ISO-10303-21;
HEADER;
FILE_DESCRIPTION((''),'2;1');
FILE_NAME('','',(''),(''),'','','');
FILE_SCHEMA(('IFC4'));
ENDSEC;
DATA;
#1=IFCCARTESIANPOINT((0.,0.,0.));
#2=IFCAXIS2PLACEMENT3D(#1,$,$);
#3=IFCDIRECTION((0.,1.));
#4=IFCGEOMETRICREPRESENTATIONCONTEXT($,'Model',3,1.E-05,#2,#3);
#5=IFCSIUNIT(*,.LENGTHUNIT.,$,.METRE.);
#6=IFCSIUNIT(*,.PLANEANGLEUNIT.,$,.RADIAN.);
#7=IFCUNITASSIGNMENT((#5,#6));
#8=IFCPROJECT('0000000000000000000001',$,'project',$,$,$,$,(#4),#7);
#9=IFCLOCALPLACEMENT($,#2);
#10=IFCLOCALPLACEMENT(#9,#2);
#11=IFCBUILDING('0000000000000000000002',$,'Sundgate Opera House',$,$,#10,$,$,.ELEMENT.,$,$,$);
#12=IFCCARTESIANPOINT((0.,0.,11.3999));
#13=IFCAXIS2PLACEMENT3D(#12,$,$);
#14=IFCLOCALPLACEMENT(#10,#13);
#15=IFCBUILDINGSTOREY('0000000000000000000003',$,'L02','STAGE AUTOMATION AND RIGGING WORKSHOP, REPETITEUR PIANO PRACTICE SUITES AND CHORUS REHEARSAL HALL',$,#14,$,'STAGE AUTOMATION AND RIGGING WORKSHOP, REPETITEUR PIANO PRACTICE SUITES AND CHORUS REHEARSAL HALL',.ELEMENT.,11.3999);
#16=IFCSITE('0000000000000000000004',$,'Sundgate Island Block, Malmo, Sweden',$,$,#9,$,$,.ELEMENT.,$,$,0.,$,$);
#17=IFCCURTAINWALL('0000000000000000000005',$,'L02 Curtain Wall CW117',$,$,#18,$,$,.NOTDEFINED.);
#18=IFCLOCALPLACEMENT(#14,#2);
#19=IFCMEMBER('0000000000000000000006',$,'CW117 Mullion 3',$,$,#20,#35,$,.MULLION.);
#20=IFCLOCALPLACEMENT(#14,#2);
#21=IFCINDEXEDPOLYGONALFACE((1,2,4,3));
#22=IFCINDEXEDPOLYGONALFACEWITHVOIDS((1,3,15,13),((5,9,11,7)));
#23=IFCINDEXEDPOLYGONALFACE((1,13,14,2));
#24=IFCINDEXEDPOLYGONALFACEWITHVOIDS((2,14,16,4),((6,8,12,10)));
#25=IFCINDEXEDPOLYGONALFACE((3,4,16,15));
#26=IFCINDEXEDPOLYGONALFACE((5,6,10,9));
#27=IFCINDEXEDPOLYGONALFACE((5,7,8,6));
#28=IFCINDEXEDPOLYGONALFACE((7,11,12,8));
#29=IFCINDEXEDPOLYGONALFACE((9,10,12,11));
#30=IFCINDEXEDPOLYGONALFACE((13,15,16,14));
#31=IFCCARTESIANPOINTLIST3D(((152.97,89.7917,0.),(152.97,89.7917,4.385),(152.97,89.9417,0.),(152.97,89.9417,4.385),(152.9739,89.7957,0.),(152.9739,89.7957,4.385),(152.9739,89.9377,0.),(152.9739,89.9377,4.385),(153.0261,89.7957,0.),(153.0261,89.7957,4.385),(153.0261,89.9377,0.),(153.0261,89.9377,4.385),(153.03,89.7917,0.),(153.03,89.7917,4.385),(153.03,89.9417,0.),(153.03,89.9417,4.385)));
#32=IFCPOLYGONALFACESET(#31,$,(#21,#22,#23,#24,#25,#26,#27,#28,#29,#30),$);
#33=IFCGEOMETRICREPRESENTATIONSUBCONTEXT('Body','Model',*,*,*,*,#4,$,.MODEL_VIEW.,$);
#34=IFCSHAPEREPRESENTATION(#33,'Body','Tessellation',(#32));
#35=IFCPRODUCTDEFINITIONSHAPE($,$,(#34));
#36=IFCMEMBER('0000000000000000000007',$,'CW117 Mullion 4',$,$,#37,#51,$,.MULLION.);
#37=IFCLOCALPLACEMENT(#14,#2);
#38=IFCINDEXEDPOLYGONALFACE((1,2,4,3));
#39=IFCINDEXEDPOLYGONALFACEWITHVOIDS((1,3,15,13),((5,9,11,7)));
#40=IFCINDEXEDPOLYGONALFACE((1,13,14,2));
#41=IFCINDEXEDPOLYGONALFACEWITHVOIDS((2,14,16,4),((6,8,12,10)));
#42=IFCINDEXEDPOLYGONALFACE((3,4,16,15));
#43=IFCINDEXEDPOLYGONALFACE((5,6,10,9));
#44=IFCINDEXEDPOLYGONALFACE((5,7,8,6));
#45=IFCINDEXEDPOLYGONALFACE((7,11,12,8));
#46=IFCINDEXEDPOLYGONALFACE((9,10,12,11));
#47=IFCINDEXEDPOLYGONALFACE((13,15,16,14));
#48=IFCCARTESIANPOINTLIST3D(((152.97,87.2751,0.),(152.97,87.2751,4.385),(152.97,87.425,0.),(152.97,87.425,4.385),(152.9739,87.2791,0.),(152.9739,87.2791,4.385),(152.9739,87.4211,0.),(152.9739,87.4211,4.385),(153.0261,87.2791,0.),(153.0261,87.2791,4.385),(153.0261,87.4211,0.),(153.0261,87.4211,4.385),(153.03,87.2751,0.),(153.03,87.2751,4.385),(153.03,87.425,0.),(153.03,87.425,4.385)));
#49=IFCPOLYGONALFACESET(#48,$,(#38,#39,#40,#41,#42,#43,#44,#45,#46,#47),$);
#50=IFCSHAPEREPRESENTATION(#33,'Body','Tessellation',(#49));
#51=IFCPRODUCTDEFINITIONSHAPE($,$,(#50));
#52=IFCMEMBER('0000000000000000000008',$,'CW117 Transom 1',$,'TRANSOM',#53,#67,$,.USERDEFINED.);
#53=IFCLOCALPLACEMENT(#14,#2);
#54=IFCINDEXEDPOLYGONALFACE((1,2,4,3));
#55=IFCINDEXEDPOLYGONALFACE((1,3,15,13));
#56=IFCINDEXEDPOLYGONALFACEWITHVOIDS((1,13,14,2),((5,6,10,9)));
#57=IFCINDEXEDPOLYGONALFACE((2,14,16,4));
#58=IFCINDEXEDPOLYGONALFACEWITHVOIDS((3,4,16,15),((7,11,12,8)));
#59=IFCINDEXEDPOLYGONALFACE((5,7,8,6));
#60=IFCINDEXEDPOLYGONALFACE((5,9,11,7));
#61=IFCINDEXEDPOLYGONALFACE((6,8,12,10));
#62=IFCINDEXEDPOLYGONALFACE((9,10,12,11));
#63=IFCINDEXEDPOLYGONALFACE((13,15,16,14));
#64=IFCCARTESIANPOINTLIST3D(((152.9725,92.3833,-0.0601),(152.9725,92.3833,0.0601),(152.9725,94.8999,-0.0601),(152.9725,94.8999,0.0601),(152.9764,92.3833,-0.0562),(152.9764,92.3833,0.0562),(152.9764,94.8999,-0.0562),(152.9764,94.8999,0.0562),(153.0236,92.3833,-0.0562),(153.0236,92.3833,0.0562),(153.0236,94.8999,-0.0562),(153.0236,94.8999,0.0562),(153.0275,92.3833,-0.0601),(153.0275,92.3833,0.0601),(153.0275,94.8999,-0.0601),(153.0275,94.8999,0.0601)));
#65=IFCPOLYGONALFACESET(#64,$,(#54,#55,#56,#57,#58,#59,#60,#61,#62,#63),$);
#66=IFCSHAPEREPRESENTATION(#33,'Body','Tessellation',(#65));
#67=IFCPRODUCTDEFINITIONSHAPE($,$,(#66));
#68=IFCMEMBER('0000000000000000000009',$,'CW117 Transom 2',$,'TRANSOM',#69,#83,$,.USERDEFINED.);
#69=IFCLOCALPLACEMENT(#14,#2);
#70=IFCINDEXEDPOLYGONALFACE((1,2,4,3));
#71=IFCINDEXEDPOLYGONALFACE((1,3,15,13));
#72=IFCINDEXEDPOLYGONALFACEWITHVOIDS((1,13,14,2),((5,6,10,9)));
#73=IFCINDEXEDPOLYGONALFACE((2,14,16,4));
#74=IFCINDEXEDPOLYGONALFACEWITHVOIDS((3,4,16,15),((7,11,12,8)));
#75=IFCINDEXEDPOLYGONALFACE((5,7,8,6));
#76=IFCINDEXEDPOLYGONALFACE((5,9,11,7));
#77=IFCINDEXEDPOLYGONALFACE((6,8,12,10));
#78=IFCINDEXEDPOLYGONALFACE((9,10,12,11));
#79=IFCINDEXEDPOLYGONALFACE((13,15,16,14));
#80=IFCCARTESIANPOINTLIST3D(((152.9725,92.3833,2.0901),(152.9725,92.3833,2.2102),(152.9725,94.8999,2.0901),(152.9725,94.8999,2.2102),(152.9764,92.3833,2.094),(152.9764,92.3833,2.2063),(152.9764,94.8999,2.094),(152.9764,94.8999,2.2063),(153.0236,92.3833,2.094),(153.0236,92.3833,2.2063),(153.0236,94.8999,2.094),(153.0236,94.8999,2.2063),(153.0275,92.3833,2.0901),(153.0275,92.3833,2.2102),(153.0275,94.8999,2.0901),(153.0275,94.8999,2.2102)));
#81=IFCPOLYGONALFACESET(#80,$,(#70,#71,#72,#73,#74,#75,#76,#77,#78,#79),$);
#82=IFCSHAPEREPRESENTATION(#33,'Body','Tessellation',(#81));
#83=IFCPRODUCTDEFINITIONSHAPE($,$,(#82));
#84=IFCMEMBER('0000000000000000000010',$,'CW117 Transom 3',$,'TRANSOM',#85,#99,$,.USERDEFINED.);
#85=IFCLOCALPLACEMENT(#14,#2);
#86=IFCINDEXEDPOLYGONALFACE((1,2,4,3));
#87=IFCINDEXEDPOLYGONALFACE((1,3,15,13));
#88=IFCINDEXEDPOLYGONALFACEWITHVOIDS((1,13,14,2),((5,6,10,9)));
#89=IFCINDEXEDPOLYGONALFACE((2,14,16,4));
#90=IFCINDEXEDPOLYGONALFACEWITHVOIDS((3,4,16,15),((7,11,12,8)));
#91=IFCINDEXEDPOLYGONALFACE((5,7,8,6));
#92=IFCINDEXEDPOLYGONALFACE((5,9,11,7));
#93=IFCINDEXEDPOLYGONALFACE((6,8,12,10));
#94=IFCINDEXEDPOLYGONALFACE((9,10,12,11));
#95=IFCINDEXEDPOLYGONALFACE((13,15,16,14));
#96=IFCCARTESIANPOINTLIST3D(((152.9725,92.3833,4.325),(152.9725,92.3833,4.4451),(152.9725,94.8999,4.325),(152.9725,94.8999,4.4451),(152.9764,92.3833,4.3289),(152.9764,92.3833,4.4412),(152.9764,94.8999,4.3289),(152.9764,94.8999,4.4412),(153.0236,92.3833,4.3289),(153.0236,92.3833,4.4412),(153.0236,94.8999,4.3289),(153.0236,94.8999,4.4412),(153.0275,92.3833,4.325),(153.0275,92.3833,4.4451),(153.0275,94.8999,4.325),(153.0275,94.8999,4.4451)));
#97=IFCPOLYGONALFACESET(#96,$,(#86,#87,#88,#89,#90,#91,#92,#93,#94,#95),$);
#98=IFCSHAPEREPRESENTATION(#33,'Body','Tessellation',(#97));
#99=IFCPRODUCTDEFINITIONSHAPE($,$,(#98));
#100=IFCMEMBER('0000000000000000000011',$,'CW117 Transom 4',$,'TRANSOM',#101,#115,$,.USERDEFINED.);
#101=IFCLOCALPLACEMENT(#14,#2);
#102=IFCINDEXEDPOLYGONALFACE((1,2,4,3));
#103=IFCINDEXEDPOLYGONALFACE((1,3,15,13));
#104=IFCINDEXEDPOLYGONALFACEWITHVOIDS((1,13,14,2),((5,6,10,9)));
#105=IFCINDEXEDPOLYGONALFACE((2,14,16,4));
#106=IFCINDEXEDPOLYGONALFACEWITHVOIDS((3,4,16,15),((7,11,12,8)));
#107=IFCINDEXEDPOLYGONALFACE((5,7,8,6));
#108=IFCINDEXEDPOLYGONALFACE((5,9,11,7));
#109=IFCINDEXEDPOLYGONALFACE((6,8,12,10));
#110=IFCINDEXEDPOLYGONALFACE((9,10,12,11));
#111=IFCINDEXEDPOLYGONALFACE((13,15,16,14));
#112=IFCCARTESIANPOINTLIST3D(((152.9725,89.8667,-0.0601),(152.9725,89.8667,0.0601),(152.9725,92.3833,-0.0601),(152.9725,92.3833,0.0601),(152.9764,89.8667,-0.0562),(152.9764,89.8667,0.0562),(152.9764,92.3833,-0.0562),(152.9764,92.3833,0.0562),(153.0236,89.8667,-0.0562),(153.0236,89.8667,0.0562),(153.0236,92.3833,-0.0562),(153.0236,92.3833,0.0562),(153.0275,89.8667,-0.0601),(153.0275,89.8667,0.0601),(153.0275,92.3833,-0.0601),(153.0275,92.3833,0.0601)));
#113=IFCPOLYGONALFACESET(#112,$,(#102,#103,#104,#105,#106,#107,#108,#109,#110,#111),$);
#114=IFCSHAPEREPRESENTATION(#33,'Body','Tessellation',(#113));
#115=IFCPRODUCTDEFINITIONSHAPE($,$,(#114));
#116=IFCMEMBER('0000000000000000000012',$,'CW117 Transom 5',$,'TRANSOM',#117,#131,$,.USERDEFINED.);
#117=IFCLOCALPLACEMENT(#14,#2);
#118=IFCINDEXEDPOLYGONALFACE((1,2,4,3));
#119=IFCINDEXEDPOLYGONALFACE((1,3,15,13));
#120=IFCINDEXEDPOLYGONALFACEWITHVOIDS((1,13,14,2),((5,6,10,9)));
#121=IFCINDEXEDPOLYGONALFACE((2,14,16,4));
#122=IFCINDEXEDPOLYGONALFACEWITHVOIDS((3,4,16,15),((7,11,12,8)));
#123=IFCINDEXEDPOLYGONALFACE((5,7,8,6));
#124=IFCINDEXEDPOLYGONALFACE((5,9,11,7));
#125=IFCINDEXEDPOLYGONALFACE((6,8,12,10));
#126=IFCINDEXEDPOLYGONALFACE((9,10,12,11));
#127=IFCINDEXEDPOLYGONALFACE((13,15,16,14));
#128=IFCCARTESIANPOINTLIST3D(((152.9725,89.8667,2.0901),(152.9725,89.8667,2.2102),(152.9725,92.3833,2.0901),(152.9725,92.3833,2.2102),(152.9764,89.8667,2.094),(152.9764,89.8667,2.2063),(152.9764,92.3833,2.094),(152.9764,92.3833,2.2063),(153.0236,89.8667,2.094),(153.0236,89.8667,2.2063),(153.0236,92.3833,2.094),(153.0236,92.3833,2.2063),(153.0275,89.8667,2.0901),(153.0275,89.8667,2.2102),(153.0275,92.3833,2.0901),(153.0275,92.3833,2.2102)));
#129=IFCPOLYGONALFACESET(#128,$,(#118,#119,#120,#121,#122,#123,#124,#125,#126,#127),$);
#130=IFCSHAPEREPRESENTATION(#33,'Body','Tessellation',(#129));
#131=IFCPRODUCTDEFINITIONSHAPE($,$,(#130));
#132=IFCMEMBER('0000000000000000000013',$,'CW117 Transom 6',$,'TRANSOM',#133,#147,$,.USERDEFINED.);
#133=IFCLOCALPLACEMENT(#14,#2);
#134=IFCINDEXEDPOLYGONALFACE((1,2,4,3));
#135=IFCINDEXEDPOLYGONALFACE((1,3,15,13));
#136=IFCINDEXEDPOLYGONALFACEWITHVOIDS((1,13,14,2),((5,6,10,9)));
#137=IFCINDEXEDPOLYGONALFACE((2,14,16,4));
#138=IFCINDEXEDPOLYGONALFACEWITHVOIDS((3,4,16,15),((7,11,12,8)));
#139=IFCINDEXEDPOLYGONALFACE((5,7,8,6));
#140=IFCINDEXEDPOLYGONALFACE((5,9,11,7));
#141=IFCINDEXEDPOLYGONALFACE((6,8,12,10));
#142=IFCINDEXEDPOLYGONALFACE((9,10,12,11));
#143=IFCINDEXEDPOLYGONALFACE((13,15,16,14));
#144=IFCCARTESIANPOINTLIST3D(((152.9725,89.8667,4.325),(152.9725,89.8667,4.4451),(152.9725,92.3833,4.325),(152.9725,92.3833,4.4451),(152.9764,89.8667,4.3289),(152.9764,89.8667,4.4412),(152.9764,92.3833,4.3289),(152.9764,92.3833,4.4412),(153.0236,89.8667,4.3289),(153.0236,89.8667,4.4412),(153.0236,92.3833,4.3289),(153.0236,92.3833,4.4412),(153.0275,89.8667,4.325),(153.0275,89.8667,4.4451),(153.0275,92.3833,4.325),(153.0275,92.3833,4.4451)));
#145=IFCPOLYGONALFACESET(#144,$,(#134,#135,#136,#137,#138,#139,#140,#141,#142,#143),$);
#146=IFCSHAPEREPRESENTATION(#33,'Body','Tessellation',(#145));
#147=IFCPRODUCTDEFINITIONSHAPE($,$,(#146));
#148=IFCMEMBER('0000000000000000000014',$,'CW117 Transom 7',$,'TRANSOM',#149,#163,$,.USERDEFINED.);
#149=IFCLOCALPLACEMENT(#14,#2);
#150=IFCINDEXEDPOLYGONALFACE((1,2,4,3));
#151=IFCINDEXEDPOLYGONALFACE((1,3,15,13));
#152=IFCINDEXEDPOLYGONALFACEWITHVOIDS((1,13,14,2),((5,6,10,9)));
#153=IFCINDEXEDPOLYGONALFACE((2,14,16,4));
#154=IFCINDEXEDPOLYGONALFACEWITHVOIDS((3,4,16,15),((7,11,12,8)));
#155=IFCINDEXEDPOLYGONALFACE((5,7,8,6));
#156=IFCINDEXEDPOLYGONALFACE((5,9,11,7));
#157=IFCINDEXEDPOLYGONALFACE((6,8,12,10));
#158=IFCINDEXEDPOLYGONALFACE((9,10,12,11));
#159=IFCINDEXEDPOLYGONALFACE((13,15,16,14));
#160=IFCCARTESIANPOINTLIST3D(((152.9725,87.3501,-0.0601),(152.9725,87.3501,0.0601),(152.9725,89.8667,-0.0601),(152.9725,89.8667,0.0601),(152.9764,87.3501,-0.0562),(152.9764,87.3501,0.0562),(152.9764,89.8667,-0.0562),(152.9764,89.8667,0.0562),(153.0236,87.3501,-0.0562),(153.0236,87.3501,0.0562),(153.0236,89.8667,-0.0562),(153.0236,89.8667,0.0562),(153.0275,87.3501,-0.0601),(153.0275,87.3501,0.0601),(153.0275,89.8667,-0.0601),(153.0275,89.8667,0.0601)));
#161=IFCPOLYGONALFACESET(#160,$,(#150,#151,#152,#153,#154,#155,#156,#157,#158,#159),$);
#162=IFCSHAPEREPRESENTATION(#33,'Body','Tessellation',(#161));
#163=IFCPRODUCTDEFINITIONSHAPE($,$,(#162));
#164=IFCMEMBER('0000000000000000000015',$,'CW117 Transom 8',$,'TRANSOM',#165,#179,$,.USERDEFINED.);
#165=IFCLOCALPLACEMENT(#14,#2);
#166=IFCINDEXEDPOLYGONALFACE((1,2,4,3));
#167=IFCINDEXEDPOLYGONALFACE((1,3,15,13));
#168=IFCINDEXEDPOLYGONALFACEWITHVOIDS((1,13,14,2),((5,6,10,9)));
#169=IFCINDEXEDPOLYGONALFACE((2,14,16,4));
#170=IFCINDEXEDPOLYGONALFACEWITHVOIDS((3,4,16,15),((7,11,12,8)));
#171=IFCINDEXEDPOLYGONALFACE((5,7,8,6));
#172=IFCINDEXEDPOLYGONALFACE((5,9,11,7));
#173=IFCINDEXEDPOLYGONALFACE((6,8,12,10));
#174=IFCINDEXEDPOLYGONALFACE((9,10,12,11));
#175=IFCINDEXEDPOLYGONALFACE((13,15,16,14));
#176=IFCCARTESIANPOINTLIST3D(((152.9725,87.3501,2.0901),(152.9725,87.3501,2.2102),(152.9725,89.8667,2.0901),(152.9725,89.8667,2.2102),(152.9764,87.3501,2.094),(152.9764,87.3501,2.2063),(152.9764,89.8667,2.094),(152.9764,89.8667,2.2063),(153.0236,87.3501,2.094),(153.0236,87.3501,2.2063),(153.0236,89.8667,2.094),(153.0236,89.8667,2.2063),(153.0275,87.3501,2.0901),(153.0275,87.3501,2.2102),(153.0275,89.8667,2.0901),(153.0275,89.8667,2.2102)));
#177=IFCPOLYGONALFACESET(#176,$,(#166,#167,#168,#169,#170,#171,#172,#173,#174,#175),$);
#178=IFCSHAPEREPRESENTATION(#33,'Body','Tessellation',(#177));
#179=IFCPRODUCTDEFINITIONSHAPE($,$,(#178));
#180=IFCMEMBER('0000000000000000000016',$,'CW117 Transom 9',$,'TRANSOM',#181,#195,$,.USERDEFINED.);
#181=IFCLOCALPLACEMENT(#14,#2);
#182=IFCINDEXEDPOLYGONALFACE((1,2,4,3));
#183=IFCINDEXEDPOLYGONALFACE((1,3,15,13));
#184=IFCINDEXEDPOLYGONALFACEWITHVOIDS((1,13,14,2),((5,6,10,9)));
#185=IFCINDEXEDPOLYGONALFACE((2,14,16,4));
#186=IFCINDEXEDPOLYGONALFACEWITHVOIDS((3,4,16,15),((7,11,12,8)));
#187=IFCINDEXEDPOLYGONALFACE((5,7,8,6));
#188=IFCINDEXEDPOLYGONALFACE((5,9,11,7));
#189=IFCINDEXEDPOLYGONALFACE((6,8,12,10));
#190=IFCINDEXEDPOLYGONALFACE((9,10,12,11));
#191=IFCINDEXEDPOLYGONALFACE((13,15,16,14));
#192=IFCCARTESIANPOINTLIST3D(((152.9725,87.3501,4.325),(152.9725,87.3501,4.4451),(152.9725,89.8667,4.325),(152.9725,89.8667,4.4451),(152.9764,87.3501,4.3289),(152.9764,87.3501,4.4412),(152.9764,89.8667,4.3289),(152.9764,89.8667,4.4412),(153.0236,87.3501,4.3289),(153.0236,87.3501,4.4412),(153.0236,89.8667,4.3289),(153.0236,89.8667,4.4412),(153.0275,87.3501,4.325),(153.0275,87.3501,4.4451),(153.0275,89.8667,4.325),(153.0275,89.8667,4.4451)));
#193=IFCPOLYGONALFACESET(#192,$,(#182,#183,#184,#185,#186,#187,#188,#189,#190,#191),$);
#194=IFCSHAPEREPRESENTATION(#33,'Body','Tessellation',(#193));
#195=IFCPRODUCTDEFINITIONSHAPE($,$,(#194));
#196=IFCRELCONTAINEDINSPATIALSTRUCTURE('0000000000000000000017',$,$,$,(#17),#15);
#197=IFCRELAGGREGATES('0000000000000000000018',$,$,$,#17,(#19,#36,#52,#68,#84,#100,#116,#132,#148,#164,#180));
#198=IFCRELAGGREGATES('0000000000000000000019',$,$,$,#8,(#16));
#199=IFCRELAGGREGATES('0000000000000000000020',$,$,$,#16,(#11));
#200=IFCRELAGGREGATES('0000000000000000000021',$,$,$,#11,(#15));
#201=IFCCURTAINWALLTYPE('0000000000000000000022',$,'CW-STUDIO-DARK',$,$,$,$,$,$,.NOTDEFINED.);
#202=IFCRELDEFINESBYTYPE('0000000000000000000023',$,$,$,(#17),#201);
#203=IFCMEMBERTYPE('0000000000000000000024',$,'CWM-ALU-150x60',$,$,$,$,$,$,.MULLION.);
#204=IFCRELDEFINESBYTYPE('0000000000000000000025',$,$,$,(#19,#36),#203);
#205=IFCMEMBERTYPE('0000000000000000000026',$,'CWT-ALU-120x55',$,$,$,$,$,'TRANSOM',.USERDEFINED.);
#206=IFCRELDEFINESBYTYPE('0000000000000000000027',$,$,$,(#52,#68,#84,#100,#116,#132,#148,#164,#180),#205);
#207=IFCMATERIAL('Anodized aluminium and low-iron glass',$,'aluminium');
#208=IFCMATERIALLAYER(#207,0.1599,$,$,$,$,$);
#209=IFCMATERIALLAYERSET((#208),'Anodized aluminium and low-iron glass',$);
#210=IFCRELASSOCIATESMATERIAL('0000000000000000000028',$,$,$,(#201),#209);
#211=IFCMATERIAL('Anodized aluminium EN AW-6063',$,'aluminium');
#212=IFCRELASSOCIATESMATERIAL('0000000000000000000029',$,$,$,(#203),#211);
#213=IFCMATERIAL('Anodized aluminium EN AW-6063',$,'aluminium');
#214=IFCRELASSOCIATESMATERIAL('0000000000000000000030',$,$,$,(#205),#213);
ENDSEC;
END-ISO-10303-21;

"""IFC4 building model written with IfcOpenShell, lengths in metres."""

from ifc_helpers import new_model, si_unit, direction, frame, origin, origin_2d, place, context, subcontext, project, spatial, hollow_rectangle, extrude, material, layer, layer_set, material_profile, profile_set, type_object, element, aggregate, save


model = new_model("IFC4")

# Units and contexts
model_context = context("Model", 3, precision=1e-05, world=origin(), true_north=direction((0.0, 1.0)))
body_context = subcontext(model_context, "Body", "Model", "MODEL_VIEW")
ifc_project = project(units=[si_unit("LENGTHUNIT", "METRE"), si_unit("PLANEANGLEUNIT", "RADIAN")], contexts=[model_context])

# Site, building, storey
site_placement = place(None, origin())
site = spatial("IfcSite", under=ifc_project, at=site_placement, Name="Sundgate Island Block, Malmo, Sweden", CompositionType="ELEMENT", RefElevation=0.0)
building_placement = place(site_placement, origin())
building = spatial("IfcBuilding", under=site, at=building_placement, Name="Sundgate Opera House", CompositionType="ELEMENT")
storey_placement = place(building_placement, frame((0.0, 0.0, 11.3999)))
storey = spatial("IfcBuildingStorey", under=building, at=storey_placement, Name="L02", Description="STAGE AUTOMATION AND RIGGING WORKSHOP, REPETITEUR PIANO PRACTICE SUITES AND CHORUS REHEARSAL HALL", LongName="STAGE AUTOMATION AND RIGGING WORKSHOP, REPETITEUR PIANO PRACTICE SUITES AND CHORUS REHEARSAL HALL", CompositionType="ELEMENT", Elevation=11.3999)

# Shared definitions
ifc_material_1 = material(Name="Anodized aluminium and low-iron glass", Category="aluminium")
ifc_layer_1 = layer(ifc_material_1, 0.1599)
ifc_layer_set_1 = layer_set([ifc_layer_1], Name="Anodized aluminium and low-iron glass")
curtain_wall_type = type_object("IfcCurtainWallType", Name="CW-STUDIO-DARK", PredefinedType="NOTDEFINED", material=ifc_layer_set_1)
ifc_material_2 = material(Name="Anodized aluminium EN AW-6063", Category="aluminium")
ifc_material_profile_1 = material_profile(ifc_material_2, hollow_rectangle(XDim=0.0601, YDim=0.1499, WallThickness=0.0039, at=origin_2d()), Name="CWM 150x60x4")
ifc_profile_set_1 = profile_set([ifc_material_profile_1], Name="Anodized aluminium EN AW-6063")
member_type_1 = type_object("IfcMemberType", Name="CWM-ALU-150x60", PredefinedType="MULLION", material=ifc_profile_set_1)

# Curtain wall, members
curtain_wall_1_placement = place(storey_placement, origin())
curtain_wall_1 = element("IfcCurtainWall", 1, at=curtain_wall_1_placement, inside=storey, type_object=curtain_wall_type, Name="L02 Curtain Wall CW117", PredefinedType="NOTDEFINED")
member_1_placement = place(storey_placement, frame((153.0, 89.8667, 0.0), z_axis=(0.0, 0.0, 1.0), x_axis=(1.0, 0.0, 0.0)))
member_1 = element("IfcMember", 2, at=member_1_placement, type_object=member_type_1, Name="CW117 Mullion 3", PredefinedType="MULLION", context=body_context, shape_type="SweptSolid", body=[
    extrude(hollow_rectangle(XDim=0.0601, YDim=0.1499, WallThickness=0.0039, at=origin_2d()), origin(), (0.0, 0.0, 1.0), 4.385),
])
member_2_placement = place(storey_placement, frame((153.0, 87.3501, 0.0), z_axis=(0.0, 0.0, 1.0), x_axis=(1.0, 0.0, 0.0)))
member_2 = element("IfcMember", 3, at=member_2_placement, type_object=member_type_1, Name="CW117 Mullion 4", PredefinedType="MULLION", context=body_context, shape_type="SweptSolid", body=[
    extrude(hollow_rectangle(XDim=0.0601, YDim=0.1499, WallThickness=0.0039, at=origin_2d()), origin(), (0.0, 0.0, 1.0), 4.385),
])
ifc_material_3 = material(Name="Anodized aluminium EN AW-6063", Category="aluminium")
ifc_material_profile_2 = material_profile(ifc_material_3, hollow_rectangle(XDim=0.0549, YDim=0.1201, WallThickness=0.0039, at=origin_2d()), Name="CWT 120x55x4")
ifc_profile_set_2 = profile_set([ifc_material_profile_2], Name="Anodized aluminium EN AW-6063")
member_type_2 = type_object("IfcMemberType", Name="CWT-ALU-120x55", ElementType="TRANSOM", PredefinedType="USERDEFINED", material=ifc_profile_set_2)
member_3_placement = place(storey_placement, frame((153.0, 94.8999, 0.0), z_axis=(0.0, -1.0, 0.0), x_axis=(1.0, 0.0, 0.0)))
member_3 = element("IfcMember", 4, at=member_3_placement, type_object=member_type_2, Name="CW117 Transom 1", ObjectType="TRANSOM", PredefinedType="USERDEFINED", context=body_context, shape_type="SweptSolid", body=[
    extrude(hollow_rectangle(XDim=0.0549, YDim=0.1201, WallThickness=0.0039, at=origin_2d()), origin(), (0.0, 0.0, 1.0), 2.5166),
])
member_4_placement = place(storey_placement, frame((153.0, 94.8999, 2.1501), z_axis=(0.0, -1.0, 0.0), x_axis=(1.0, 0.0, 0.0)))
member_4 = element("IfcMember", 5, at=member_4_placement, type_object=member_type_2, Name="CW117 Transom 2", ObjectType="TRANSOM", PredefinedType="USERDEFINED", context=body_context, shape_type="SweptSolid", body=[
    extrude(hollow_rectangle(XDim=0.0549, YDim=0.1201, WallThickness=0.0039, at=origin_2d()), origin(), (0.0, 0.0, 1.0), 2.5166),
])
member_5_placement = place(storey_placement, frame((153.0, 94.8999, 4.385), z_axis=(0.0, -1.0, 0.0), x_axis=(1.0, 0.0, 0.0)))
member_5 = element("IfcMember", 6, at=member_5_placement, type_object=member_type_2, Name="CW117 Transom 3", ObjectType="TRANSOM", PredefinedType="USERDEFINED", context=body_context, shape_type="SweptSolid", body=[
    extrude(hollow_rectangle(XDim=0.0549, YDim=0.1201, WallThickness=0.0039, at=origin_2d()), origin(), (0.0, 0.0, 1.0), 2.5166),
])
member_6_placement = place(storey_placement, frame((153.0, 92.3833, 0.0), z_axis=(0.0, -1.0, 0.0), x_axis=(1.0, 0.0, 0.0)))
member_6 = element("IfcMember", 7, at=member_6_placement, type_object=member_type_2, Name="CW117 Transom 4", ObjectType="TRANSOM", PredefinedType="USERDEFINED", context=body_context, shape_type="SweptSolid", body=[
    extrude(hollow_rectangle(XDim=0.0549, YDim=0.1201, WallThickness=0.0039, at=origin_2d()), origin(), (0.0, 0.0, 1.0), 2.5166),
])
member_7_placement = place(storey_placement, frame((153.0, 92.3833, 2.1501), z_axis=(0.0, -1.0, 0.0), x_axis=(1.0, 0.0, 0.0)))
member_7 = element("IfcMember", 8, at=member_7_placement, type_object=member_type_2, Name="CW117 Transom 5", ObjectType="TRANSOM", PredefinedType="USERDEFINED", context=body_context, shape_type="SweptSolid", body=[
    extrude(hollow_rectangle(XDim=0.0549, YDim=0.1201, WallThickness=0.0039, at=origin_2d()), origin(), (0.0, 0.0, 1.0), 2.5166),
])
member_8_placement = place(storey_placement, frame((153.0, 92.3833, 4.385), z_axis=(0.0, -1.0, 0.0), x_axis=(1.0, 0.0, 0.0)))
member_8 = element("IfcMember", 9, at=member_8_placement, type_object=member_type_2, Name="CW117 Transom 6", ObjectType="TRANSOM", PredefinedType="USERDEFINED", context=body_context, shape_type="SweptSolid", body=[
    extrude(hollow_rectangle(XDim=0.0549, YDim=0.1201, WallThickness=0.0039, at=origin_2d()), origin(), (0.0, 0.0, 1.0), 2.5166),
])
member_9_placement = place(storey_placement, frame((153.0, 89.8667, 0.0), z_axis=(0.0, -1.0, 0.0), x_axis=(1.0, 0.0, 0.0)))
member_9 = element("IfcMember", 10, at=member_9_placement, type_object=member_type_2, Name="CW117 Transom 7", ObjectType="TRANSOM", PredefinedType="USERDEFINED", context=body_context, shape_type="SweptSolid", body=[
    extrude(hollow_rectangle(XDim=0.0549, YDim=0.1201, WallThickness=0.0039, at=origin_2d()), origin(), (0.0, 0.0, 1.0), 2.5166),
])
member_10_placement = place(storey_placement, frame((153.0, 89.8667, 2.1501), z_axis=(0.0, -1.0, 0.0), x_axis=(1.0, 0.0, 0.0)))
member_10 = element("IfcMember", 11, at=member_10_placement, type_object=member_type_2, Name="CW117 Transom 8", ObjectType="TRANSOM", PredefinedType="USERDEFINED", context=body_context, shape_type="SweptSolid", body=[
    extrude(hollow_rectangle(XDim=0.0549, YDim=0.1201, WallThickness=0.0039, at=origin_2d()), origin(), (0.0, 0.0, 1.0), 2.5166),
])
member_11_placement = place(storey_placement, frame((153.0, 89.8667, 4.385), z_axis=(0.0, -1.0, 0.0), x_axis=(1.0, 0.0, 0.0)))
member_11 = element("IfcMember", 12, at=member_11_placement, type_object=member_type_2, Name="CW117 Transom 9", ObjectType="TRANSOM", PredefinedType="USERDEFINED", context=body_context, shape_type="SweptSolid", body=[
    extrude(hollow_rectangle(XDim=0.0549, YDim=0.1201, WallThickness=0.0039, at=origin_2d()), origin(), (0.0, 0.0, 1.0), 2.5166),
])

aggregate(curtain_wall_1, [member_1, member_2, member_3, member_4, member_5, member_6, member_7, member_8, member_9, member_10, member_11])

save(model, "model.ifc")
